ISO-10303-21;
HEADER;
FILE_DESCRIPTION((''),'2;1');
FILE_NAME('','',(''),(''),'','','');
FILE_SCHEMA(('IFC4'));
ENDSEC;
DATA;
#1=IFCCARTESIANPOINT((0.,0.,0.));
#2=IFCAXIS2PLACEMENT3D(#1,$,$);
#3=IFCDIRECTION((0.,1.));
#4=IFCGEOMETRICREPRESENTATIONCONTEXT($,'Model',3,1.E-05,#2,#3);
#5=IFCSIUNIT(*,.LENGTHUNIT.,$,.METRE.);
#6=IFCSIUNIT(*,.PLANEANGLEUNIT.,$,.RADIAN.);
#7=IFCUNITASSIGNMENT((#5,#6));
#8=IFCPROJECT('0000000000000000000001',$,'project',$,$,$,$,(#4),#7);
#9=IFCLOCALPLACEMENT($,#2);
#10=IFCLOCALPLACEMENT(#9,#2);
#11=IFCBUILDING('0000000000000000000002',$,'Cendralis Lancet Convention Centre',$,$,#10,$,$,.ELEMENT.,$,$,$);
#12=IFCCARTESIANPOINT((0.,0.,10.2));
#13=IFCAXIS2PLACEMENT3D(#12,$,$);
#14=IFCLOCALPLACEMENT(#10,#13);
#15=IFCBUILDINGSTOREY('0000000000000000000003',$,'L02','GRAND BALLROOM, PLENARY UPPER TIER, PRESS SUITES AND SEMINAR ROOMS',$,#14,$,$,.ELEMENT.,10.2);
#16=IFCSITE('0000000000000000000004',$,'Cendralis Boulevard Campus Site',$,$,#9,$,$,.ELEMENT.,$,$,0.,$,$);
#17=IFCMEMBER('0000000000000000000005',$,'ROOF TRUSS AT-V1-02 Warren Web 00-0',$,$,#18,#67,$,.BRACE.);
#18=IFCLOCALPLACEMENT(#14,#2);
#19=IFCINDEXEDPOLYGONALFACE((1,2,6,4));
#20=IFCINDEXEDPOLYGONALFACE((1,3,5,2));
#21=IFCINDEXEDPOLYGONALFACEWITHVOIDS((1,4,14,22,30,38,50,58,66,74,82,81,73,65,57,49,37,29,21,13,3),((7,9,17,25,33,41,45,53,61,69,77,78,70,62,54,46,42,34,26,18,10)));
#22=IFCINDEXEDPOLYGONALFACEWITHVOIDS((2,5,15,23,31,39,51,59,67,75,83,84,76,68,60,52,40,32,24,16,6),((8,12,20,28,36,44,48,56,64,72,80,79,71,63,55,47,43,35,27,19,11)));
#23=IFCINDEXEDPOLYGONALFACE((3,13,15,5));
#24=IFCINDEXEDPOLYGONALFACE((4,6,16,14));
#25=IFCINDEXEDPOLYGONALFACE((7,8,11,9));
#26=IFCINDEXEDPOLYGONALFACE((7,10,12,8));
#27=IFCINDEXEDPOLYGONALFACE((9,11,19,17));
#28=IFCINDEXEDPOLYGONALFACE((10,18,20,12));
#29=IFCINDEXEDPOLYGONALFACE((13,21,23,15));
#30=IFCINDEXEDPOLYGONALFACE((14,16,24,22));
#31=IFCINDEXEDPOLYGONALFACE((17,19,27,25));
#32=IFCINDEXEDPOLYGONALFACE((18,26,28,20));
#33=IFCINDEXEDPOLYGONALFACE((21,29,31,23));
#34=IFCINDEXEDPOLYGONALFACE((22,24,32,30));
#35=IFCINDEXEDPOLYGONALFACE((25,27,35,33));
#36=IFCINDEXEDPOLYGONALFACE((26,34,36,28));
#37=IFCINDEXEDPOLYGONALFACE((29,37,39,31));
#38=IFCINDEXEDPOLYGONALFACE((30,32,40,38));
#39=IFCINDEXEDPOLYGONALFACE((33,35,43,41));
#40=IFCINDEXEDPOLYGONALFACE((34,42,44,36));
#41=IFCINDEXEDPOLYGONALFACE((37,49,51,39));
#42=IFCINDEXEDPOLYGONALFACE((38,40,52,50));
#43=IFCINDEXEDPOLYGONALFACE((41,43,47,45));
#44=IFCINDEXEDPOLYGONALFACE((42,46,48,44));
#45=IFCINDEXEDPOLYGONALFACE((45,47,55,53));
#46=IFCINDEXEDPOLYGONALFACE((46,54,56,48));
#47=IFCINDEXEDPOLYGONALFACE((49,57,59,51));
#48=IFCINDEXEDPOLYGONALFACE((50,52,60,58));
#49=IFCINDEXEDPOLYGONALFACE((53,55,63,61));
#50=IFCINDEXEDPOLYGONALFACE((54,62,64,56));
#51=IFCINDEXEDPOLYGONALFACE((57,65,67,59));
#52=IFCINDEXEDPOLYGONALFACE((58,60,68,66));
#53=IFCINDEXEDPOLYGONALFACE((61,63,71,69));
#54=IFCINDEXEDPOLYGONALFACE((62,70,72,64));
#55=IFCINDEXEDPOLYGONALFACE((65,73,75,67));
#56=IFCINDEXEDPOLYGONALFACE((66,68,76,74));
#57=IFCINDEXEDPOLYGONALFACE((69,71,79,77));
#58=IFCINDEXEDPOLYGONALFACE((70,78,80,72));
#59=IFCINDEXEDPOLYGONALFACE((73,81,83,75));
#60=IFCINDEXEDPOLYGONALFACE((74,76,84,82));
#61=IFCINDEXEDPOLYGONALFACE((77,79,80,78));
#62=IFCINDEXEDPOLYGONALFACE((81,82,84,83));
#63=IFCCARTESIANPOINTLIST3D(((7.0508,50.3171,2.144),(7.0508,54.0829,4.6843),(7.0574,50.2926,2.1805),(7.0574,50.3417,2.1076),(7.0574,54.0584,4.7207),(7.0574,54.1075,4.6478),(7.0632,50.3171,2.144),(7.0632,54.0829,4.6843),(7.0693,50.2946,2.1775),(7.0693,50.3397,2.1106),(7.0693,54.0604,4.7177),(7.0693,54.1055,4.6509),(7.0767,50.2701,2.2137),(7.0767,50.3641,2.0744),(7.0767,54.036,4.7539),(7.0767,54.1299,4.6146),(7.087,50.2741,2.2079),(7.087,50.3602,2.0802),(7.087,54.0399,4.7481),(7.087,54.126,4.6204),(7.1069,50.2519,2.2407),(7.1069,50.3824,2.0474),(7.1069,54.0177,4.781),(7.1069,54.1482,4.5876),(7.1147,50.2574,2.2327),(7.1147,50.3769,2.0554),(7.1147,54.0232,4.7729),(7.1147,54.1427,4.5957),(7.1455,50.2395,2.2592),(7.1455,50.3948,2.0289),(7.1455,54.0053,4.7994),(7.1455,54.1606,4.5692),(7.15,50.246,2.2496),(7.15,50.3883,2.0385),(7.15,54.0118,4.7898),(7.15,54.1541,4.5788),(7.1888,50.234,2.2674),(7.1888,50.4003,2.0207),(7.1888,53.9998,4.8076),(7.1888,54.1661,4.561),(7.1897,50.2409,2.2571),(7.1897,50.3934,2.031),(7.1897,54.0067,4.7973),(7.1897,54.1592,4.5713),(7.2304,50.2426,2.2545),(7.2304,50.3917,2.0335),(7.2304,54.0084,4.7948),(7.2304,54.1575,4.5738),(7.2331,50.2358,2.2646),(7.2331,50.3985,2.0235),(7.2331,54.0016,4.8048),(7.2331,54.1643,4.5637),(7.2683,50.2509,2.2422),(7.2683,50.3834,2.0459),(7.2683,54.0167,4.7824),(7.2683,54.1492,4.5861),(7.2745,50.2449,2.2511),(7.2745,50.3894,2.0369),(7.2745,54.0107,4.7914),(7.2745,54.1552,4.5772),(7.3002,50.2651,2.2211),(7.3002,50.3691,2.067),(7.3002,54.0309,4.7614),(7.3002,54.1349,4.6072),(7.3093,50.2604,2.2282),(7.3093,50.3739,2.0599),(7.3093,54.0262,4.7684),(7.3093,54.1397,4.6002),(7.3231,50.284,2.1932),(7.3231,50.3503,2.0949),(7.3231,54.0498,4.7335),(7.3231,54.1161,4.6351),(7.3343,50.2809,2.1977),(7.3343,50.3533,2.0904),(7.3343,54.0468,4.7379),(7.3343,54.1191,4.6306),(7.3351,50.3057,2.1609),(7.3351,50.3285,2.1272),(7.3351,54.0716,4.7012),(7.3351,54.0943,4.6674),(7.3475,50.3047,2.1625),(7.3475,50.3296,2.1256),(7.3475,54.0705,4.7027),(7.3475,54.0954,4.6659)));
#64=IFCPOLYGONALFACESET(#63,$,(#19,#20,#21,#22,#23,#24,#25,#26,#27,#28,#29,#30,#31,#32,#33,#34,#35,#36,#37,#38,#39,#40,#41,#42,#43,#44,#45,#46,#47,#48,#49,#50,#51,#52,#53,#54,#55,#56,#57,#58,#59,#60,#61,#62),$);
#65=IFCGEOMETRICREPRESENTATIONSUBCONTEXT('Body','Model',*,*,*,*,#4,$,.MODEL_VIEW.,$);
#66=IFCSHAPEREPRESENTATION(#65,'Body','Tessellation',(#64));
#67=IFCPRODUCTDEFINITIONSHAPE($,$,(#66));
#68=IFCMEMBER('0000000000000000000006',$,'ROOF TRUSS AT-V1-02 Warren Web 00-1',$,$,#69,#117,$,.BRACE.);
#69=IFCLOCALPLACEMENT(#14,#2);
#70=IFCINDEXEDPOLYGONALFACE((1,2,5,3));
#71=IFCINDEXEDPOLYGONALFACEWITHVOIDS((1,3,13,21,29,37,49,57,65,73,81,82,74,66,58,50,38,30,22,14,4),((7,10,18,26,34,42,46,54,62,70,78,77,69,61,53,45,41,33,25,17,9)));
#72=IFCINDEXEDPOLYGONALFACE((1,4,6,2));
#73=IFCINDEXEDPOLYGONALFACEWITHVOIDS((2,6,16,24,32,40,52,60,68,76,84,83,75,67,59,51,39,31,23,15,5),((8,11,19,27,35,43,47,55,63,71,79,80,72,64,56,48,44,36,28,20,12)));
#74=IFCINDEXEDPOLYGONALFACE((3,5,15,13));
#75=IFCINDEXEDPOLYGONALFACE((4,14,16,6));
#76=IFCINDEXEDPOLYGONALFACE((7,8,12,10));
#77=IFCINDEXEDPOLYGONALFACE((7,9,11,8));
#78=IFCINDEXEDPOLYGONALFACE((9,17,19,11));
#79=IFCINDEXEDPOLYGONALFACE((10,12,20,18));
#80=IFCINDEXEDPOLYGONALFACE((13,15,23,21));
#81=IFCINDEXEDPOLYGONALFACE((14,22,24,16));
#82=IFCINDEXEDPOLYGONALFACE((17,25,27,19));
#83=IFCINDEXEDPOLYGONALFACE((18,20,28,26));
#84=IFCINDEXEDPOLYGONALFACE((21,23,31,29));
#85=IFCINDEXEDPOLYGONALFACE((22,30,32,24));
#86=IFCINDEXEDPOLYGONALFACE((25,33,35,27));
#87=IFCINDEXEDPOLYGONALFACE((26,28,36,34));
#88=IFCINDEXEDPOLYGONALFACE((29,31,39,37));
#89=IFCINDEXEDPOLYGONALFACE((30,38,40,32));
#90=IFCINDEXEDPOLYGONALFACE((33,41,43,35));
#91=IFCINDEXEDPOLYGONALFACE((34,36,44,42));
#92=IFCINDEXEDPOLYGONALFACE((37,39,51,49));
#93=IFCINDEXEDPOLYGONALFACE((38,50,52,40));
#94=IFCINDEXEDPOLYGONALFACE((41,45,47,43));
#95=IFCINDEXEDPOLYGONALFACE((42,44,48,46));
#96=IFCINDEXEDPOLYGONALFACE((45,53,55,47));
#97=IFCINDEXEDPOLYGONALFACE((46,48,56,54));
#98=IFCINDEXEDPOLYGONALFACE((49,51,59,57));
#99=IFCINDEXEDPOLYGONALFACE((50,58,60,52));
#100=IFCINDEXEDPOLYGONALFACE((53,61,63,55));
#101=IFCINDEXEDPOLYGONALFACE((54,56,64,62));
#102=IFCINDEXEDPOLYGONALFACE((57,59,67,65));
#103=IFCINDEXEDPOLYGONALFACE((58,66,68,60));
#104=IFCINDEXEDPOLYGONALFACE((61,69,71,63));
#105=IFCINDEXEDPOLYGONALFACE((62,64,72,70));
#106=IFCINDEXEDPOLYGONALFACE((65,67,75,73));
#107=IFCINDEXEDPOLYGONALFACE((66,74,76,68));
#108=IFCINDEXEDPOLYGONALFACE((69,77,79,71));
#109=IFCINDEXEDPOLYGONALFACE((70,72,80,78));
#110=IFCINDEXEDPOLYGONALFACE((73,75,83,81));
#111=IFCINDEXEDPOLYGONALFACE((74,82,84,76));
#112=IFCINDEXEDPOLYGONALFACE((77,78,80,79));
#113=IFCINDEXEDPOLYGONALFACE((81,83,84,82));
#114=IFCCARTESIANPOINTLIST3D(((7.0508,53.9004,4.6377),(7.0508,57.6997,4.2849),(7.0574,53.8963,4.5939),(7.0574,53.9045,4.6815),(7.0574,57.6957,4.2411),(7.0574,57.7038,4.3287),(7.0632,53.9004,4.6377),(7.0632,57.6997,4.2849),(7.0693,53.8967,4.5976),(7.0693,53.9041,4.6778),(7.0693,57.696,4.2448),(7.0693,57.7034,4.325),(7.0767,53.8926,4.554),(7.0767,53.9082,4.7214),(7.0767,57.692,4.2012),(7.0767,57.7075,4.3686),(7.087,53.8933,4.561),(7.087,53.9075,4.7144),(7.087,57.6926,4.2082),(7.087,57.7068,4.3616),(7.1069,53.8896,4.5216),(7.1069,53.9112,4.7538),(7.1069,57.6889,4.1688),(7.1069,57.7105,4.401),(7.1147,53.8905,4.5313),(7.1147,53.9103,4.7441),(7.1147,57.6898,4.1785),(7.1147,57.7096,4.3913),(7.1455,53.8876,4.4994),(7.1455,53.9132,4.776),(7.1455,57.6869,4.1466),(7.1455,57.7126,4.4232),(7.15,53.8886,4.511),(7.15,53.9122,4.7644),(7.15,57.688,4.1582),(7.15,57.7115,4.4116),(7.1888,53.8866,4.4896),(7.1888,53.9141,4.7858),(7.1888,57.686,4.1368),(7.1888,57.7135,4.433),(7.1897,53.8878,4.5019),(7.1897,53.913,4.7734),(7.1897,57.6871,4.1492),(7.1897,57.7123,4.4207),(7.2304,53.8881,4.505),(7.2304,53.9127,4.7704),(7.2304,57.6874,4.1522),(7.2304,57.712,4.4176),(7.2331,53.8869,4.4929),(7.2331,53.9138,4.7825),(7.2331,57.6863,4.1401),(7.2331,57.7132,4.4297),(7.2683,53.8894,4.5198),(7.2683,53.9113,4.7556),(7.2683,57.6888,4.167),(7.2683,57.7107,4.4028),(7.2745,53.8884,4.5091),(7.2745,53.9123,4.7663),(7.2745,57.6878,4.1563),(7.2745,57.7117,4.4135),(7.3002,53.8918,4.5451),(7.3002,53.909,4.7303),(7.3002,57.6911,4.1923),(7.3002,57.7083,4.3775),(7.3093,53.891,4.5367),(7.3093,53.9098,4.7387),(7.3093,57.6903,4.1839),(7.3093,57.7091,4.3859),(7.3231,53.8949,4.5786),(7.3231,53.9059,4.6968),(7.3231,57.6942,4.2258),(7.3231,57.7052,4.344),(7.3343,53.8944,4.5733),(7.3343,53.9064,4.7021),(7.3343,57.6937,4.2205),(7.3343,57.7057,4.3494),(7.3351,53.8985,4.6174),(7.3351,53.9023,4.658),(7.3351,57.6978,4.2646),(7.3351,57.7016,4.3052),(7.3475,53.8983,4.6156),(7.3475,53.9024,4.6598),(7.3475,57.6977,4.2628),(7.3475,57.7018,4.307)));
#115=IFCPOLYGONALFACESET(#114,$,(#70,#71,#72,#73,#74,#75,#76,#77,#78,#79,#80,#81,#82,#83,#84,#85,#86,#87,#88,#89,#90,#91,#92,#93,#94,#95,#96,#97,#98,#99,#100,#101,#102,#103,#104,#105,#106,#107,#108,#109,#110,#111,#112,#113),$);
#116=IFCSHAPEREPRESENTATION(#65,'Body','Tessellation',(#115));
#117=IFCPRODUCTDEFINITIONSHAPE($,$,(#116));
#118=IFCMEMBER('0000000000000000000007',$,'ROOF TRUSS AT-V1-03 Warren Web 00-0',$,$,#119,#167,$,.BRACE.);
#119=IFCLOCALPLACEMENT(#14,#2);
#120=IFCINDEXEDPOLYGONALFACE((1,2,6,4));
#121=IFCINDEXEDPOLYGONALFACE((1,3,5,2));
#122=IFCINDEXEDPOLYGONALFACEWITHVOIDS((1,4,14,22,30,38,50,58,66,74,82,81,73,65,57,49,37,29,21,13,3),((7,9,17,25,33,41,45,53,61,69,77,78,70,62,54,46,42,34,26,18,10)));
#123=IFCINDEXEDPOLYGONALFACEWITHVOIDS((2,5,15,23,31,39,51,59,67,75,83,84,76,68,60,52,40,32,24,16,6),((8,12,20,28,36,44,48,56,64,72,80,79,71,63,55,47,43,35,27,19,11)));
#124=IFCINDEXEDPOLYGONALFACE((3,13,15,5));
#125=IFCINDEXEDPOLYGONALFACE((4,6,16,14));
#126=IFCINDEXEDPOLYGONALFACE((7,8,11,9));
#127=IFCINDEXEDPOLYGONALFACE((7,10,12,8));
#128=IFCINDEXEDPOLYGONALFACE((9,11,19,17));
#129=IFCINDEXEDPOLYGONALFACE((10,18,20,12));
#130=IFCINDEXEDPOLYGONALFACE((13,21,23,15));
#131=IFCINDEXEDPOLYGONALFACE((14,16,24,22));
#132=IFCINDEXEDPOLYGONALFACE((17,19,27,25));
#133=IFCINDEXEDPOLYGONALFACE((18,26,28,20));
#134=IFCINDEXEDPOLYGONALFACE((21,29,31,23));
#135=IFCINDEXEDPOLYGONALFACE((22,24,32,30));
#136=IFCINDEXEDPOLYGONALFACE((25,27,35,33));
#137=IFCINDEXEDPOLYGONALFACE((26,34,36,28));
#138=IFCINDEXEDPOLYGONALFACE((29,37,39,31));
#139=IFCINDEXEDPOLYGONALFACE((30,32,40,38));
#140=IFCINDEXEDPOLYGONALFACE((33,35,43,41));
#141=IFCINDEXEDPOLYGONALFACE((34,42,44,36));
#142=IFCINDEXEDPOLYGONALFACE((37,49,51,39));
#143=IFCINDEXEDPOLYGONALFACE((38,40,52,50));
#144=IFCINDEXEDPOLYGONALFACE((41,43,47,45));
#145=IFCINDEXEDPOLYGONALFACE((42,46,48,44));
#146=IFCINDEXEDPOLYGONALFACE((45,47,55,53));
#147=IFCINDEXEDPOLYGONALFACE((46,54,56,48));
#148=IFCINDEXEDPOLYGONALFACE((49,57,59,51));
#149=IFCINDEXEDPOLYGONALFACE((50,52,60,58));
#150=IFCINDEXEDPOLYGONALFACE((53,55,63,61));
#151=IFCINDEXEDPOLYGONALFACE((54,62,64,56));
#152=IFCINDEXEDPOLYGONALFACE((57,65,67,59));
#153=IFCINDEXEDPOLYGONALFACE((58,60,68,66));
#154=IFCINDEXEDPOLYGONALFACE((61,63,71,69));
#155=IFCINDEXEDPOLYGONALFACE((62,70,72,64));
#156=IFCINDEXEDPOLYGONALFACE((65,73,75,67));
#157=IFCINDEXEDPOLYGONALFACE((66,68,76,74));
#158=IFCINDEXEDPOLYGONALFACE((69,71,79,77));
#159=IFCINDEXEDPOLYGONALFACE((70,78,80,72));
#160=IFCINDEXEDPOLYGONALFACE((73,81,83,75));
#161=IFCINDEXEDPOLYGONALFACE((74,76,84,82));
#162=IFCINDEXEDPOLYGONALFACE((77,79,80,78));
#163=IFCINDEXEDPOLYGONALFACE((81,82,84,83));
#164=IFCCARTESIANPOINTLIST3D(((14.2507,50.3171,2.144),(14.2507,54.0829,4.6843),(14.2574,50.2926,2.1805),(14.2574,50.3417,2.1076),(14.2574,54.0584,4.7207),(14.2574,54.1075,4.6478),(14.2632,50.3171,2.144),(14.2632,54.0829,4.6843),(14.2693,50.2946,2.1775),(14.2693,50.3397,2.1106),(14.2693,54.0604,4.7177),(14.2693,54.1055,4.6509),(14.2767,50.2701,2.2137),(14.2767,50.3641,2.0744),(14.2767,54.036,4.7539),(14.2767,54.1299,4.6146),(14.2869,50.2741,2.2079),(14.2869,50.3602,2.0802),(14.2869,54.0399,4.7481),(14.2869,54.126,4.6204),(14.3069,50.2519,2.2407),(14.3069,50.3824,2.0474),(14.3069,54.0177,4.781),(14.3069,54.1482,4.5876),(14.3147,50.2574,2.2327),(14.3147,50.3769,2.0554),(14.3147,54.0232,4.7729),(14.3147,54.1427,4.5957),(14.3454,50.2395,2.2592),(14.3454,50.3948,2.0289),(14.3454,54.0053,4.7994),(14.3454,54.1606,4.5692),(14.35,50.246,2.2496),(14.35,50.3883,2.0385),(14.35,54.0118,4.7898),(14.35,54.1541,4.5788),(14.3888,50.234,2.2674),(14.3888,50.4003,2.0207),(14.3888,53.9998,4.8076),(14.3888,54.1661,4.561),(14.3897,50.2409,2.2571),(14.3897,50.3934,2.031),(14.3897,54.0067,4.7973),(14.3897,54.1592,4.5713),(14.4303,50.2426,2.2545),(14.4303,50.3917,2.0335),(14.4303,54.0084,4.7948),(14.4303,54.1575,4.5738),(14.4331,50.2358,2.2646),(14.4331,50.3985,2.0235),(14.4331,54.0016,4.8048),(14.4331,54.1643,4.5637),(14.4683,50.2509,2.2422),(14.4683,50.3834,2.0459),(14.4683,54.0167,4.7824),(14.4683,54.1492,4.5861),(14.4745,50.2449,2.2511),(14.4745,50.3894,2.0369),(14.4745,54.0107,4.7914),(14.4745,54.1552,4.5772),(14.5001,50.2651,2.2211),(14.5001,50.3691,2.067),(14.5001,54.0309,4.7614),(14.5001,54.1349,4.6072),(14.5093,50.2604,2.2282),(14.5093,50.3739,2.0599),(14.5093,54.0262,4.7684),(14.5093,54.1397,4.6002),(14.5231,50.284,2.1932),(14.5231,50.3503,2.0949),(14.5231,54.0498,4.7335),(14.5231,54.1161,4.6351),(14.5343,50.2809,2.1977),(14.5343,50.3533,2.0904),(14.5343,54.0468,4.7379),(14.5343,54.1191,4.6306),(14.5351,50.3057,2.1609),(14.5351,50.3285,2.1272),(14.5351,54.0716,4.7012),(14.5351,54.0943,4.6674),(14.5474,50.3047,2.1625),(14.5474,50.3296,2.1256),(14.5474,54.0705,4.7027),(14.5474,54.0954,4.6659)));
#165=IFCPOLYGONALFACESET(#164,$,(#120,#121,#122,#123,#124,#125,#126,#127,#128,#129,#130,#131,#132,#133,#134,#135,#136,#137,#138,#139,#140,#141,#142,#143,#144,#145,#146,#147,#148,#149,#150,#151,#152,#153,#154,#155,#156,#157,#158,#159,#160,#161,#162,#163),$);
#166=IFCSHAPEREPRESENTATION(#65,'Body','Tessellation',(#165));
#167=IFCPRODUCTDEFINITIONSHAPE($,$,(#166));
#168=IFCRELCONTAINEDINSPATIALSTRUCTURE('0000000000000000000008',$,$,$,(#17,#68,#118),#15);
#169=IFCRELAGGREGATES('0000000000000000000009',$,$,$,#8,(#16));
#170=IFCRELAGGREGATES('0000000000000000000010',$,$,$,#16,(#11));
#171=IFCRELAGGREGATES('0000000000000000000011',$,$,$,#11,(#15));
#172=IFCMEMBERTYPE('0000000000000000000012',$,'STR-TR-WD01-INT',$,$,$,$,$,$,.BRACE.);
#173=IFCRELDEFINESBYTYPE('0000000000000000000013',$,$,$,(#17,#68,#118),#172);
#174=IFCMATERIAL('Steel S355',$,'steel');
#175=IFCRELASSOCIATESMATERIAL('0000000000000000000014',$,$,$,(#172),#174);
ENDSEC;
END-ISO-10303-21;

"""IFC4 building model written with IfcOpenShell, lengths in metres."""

from ifc_helpers import new_model, si_unit, direction, frame, origin, origin_2d, place, context, subcontext, project, spatial, hollow_circle, extrude, material, material_profile, profile_set, type_object, element, save


model = new_model("IFC4")

# Units and contexts
model_context = context("Model", 3, precision=1e-05, world=origin(), true_north=direction((0.0, 1.0)))
body_context = subcontext(model_context, "Body", "Model", "MODEL_VIEW")
ifc_project = project(units=[si_unit("LENGTHUNIT", "METRE"), si_unit("PLANEANGLEUNIT", "RADIAN")], contexts=[model_context])

# Site, building, storey
site_placement = place(None, origin())
site = spatial("IfcSite", under=ifc_project, at=site_placement, Name="Cendralis Boulevard Campus Site", CompositionType="ELEMENT", RefElevation=0.0)
building_placement = place(site_placement, origin())
building = spatial("IfcBuilding", under=site, at=building_placement, Name="Cendralis Lancet Convention Centre", CompositionType="ELEMENT")
storey_placement = place(building_placement, frame((0.0, 0.0, 10.2)))
storey = spatial("IfcBuildingStorey", under=building, at=storey_placement, Name="L02", Description="GRAND BALLROOM, PLENARY UPPER TIER, PRESS SUITES AND SEMINAR ROOMS", CompositionType="ELEMENT", Elevation=10.2)

# Members
ifc_material_1 = material(Name="Steel S355", Category="steel")
ifc_material_profile_1 = material_profile(ifc_material_1, hollow_circle(Radius=0.1492, WallThickness=0.0125, at=origin_2d()), Name="CHS 298.5x12.5")
ifc_profile_set_1 = profile_set([ifc_material_profile_1], Name="Steel S355")
member_type_1 = type_object("IfcMemberType", Name="STR-TR-WD01-INT", PredefinedType="BRACE", material=ifc_profile_set_1)
member_1_placement = place(storey_placement, frame((7.2, 50.3171, 2.144), z_axis=(0.0, 0.82902, 0.559219), x_axis=(-1.0, 0.0, 0.0)))
element("IfcMember", 1, at=member_1_placement, inside=storey, type_object=member_type_1, Name="ROOF TRUSS AT-V1-02 Warren Web 00-0", PredefinedType="BRACE", context=body_context, shape_type="SweptSolid", body=[
    extrude(hollow_circle(Radius=0.1492, WallThickness=0.0125, at=origin_2d()), origin(), (0.0, 0.0, 1.0), 4.5425),
])
member_2_placement = place(storey_placement, frame((7.2, 53.9004, 4.6377), z_axis=(0.0, 0.995717, -0.092457), x_axis=(-1.0, 0.0, 0.0)))
element("IfcMember", 2, at=member_2_placement, inside=storey, type_object=member_type_1, Name="ROOF TRUSS AT-V1-02 Warren Web 00-1", PredefinedType="BRACE", context=body_context, shape_type="SweptSolid", body=[
    extrude(hollow_circle(Radius=0.1492, WallThickness=0.0125, at=origin_2d()), origin(), (0.0, 0.0, 1.0), 3.8157),
])
member_3_placement = place(storey_placement, frame((14.3999, 50.3171, 2.144), z_axis=(0.0, 0.82902, 0.559219), x_axis=(-1.0, 0.0, 0.0)))
element("IfcMember", 3, at=member_3_placement, inside=storey, type_object=member_type_1, Name="ROOF TRUSS AT-V1-03 Warren Web 00-0", PredefinedType="BRACE", context=body_context, shape_type="SweptSolid", body=[
    extrude(hollow_circle(Radius=0.1492, WallThickness=0.0125, at=origin_2d()), origin(), (0.0, 0.0, 1.0), 4.5425),
])

save(model, "model.ifc")
